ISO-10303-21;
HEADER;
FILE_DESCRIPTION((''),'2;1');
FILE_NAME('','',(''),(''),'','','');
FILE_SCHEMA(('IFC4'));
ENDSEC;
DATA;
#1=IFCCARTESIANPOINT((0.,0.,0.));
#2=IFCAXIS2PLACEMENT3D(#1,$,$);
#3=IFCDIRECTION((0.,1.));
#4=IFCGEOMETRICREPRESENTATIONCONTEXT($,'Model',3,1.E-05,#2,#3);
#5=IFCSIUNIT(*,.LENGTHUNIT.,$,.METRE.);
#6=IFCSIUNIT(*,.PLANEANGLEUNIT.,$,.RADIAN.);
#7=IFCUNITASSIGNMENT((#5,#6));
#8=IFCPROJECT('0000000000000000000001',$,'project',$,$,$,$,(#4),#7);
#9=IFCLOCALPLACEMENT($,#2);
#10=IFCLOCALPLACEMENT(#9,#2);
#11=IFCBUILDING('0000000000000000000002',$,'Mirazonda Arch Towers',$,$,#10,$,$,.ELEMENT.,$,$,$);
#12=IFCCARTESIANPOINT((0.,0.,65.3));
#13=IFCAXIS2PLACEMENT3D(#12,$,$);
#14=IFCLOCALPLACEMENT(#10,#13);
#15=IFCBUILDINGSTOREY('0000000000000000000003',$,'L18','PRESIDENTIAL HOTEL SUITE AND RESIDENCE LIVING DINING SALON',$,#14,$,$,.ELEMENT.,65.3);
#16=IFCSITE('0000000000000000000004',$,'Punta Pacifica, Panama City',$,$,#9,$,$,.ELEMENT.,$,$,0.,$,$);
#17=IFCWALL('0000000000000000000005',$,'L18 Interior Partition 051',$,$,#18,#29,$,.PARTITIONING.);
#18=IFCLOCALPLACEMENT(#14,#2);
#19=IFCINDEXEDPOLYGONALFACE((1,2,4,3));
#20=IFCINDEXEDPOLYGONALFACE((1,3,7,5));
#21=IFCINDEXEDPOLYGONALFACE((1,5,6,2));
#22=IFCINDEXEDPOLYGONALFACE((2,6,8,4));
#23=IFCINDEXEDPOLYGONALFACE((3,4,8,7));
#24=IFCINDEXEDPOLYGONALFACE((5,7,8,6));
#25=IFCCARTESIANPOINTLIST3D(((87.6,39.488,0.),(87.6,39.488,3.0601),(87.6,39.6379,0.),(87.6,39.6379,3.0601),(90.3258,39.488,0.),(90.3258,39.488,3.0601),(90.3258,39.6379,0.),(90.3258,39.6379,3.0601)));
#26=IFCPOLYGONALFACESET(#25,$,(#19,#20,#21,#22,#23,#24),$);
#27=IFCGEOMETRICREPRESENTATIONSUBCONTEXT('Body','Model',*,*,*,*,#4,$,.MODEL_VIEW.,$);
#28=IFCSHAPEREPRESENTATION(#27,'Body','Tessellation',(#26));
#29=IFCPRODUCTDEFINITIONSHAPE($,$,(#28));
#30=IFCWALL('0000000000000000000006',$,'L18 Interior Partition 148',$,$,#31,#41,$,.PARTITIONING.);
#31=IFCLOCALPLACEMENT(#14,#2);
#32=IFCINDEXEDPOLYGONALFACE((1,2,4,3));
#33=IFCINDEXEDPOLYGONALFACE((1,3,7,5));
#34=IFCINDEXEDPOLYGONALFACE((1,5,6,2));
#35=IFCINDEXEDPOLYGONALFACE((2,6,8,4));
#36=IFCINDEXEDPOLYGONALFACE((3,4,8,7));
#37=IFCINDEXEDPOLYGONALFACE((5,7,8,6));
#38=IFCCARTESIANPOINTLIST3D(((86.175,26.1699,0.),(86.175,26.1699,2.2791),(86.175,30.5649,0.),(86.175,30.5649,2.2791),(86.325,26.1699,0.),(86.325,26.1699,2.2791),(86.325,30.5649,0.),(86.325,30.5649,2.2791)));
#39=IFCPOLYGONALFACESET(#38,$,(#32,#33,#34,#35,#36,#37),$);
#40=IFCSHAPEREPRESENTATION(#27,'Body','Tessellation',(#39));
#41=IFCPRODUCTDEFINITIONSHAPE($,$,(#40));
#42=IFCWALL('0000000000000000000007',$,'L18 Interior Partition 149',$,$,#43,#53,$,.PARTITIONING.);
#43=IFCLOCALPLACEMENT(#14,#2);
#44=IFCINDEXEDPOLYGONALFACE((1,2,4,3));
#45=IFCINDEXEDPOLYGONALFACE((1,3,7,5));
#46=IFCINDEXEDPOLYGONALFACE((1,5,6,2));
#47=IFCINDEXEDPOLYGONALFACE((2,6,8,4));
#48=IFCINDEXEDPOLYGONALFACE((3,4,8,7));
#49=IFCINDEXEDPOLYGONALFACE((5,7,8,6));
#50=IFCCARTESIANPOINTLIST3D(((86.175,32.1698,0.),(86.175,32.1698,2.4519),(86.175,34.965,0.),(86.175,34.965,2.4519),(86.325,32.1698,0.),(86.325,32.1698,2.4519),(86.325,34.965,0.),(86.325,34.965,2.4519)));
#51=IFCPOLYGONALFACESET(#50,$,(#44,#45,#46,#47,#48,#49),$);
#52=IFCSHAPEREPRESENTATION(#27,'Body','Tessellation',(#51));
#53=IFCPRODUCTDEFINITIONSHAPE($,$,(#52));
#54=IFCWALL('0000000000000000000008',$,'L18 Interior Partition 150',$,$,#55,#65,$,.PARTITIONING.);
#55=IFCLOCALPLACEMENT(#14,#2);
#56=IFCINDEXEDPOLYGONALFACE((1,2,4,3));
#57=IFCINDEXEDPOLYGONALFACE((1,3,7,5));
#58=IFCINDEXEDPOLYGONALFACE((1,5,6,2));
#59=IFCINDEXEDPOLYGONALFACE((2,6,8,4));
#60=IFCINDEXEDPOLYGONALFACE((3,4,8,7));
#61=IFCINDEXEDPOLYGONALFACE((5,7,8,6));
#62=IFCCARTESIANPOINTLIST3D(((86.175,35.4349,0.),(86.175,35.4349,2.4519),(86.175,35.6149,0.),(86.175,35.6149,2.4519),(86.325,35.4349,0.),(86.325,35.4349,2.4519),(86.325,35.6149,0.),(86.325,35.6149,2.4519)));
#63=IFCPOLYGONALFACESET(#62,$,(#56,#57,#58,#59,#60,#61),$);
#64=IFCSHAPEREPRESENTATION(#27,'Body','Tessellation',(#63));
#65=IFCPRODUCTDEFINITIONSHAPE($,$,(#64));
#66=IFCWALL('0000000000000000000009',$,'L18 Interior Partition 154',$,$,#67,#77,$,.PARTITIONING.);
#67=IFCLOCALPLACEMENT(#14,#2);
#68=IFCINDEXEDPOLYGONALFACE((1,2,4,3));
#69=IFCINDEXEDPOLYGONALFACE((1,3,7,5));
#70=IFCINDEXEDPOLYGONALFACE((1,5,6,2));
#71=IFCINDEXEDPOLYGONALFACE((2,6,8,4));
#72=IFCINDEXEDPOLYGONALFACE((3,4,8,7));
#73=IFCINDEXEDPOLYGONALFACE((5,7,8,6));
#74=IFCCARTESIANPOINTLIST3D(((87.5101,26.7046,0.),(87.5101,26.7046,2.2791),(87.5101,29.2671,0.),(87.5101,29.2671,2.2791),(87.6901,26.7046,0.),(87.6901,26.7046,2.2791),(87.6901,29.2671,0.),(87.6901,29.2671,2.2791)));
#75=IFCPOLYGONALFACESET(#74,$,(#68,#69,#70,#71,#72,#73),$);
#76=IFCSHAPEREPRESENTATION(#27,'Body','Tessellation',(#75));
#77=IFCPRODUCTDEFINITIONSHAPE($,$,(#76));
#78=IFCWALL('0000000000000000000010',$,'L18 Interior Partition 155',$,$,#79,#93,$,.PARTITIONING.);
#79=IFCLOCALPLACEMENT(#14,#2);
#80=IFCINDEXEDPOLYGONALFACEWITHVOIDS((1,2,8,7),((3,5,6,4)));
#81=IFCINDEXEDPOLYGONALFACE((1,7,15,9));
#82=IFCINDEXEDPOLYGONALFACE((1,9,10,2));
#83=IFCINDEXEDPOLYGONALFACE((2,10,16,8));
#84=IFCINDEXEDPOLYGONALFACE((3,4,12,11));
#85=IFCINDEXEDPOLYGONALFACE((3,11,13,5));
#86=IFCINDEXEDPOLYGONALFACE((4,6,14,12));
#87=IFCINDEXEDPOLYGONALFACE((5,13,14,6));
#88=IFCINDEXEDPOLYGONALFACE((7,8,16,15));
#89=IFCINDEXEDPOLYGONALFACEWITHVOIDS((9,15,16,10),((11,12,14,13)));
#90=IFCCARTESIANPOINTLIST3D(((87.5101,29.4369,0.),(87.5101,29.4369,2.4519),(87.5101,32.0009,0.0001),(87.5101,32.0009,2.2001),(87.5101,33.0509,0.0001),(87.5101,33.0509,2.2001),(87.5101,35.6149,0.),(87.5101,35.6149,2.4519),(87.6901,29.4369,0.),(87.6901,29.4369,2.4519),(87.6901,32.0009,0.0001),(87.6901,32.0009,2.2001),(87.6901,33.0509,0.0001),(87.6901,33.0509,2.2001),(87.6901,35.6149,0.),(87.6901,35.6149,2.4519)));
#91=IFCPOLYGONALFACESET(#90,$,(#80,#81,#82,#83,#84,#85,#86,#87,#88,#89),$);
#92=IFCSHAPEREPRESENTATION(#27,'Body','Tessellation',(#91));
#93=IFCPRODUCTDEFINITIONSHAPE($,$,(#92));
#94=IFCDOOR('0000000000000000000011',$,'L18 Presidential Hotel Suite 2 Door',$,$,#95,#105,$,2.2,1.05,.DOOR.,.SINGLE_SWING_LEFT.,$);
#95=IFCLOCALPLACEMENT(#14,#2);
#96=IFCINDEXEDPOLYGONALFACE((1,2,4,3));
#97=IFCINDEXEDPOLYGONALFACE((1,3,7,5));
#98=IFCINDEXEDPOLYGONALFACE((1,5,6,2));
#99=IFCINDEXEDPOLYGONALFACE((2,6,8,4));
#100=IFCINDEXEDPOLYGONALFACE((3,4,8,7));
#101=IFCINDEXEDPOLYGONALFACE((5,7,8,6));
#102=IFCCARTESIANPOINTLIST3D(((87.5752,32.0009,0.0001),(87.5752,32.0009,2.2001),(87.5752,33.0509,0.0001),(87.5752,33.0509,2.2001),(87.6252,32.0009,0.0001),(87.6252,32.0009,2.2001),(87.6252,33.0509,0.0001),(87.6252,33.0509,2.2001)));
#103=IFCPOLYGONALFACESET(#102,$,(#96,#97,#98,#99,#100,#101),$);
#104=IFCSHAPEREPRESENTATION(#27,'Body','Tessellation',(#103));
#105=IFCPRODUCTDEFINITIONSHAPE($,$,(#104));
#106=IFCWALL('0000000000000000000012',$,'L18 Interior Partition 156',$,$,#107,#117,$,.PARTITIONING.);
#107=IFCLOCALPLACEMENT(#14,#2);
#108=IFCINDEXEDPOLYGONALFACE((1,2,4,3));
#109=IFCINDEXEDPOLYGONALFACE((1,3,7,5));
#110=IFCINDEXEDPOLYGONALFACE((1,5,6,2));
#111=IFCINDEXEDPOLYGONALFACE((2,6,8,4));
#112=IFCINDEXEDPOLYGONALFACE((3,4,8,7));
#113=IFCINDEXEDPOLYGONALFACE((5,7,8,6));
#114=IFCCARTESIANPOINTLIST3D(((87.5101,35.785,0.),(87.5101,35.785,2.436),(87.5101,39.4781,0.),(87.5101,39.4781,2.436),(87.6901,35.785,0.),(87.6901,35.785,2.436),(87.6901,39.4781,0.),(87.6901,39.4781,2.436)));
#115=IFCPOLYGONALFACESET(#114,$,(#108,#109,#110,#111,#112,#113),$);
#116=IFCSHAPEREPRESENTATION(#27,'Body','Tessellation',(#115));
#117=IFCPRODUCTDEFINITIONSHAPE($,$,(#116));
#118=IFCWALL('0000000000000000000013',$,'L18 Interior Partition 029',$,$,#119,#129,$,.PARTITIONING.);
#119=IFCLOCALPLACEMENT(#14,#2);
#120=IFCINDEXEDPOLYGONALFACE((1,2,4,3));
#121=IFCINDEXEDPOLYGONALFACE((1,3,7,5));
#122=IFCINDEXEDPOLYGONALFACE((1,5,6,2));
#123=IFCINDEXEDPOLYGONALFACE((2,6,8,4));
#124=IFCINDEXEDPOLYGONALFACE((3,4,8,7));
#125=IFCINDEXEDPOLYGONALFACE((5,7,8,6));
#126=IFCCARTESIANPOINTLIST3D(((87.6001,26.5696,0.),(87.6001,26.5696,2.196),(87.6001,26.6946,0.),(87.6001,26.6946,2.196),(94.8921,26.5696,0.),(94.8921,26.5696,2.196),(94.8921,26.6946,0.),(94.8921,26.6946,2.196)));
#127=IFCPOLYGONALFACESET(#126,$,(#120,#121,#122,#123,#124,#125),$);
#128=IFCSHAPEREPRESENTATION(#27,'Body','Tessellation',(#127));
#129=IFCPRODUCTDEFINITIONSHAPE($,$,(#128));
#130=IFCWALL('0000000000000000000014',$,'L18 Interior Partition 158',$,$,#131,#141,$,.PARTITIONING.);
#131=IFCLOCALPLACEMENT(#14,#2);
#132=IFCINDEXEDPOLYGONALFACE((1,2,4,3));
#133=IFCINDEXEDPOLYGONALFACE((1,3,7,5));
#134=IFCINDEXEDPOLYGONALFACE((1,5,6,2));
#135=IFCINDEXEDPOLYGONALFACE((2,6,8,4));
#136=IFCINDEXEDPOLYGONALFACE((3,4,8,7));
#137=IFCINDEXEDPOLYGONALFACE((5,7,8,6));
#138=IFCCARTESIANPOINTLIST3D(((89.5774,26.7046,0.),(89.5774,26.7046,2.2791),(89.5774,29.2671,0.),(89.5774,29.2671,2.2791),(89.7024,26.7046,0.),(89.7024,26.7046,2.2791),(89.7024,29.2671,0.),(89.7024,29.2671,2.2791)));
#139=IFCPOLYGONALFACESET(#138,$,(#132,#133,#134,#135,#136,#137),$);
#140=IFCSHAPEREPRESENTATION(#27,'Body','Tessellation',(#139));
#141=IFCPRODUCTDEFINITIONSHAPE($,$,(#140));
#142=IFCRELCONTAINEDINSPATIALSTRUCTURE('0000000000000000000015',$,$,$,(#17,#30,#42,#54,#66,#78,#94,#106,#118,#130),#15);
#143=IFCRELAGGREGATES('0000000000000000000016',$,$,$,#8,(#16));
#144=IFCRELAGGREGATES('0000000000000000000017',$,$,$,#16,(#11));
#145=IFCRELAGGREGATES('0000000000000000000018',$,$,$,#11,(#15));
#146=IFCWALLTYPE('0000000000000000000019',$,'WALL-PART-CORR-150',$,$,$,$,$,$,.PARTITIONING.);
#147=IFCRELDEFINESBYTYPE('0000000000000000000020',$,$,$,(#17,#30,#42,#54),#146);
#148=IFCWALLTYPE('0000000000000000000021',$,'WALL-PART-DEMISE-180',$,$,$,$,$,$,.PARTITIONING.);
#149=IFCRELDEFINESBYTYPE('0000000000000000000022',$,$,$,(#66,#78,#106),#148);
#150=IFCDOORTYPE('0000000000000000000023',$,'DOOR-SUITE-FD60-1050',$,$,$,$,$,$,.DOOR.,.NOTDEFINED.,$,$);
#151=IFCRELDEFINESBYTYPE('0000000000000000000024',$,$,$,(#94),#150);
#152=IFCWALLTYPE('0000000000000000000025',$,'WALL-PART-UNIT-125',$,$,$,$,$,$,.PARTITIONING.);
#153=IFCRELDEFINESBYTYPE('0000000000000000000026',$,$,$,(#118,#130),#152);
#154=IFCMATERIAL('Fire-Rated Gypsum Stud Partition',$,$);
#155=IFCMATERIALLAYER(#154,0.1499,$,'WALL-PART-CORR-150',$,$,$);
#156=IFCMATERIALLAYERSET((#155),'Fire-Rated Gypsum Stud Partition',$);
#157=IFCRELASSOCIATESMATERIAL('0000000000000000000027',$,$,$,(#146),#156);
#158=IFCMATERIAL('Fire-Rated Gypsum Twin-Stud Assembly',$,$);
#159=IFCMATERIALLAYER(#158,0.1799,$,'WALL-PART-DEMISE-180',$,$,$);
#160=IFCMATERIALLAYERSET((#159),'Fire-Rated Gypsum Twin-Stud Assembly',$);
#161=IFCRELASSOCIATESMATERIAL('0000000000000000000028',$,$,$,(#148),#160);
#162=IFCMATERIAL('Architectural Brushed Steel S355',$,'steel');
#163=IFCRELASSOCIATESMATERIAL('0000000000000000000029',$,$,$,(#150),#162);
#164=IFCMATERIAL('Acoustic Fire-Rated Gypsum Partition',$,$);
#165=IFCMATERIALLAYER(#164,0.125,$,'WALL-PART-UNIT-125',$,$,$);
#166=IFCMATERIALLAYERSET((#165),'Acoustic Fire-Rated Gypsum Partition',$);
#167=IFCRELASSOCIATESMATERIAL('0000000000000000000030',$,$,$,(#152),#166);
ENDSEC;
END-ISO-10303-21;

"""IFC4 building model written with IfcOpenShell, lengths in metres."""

from ifc_helpers import new_model, si_unit, direction, frame, frame_2d, origin, place, context, subcontext, project, spatial, rectangle, extrude, material, layer, layer_set, type_object, element, fill, save


model = new_model("IFC4")

# Units and contexts
model_context = context("Model", 3, precision=1e-05, world=origin(), true_north=direction((0.0, 1.0)))
body_context = subcontext(model_context, "Body", "Model", "MODEL_VIEW")
ifc_project = project(units=[si_unit("LENGTHUNIT", "METRE"), si_unit("PLANEANGLEUNIT", "RADIAN")], contexts=[model_context])

# Site, building, storey
site_placement = place(None, origin())
site = spatial("IfcSite", under=ifc_project, at=site_placement, Name="Punta Pacifica, Panama City", CompositionType="ELEMENT", RefElevation=0.0)
building_placement = place(site_placement, origin())
building = spatial("IfcBuilding", under=site, at=building_placement, Name="Mirazonda Arch Towers", CompositionType="ELEMENT")
storey_placement = place(building_placement, frame((0.0, 0.0, 65.3)))
storey = spatial("IfcBuildingStorey", under=building, at=storey_placement, Name="L18", Description="PRESIDENTIAL HOTEL SUITE AND RESIDENCE LIVING DINING SALON", CompositionType="ELEMENT", Elevation=65.3)

# Shared definitions
ifc_material_1 = material(Name="Fire-Rated Gypsum Stud Partition")
ifc_layer_1 = layer(ifc_material_1, 0.1499, Name="WALL-PART-CORR-150")
ifc_layer_set_1 = layer_set([ifc_layer_1], Name="Fire-Rated Gypsum Stud Partition")
wall_type_1 = type_object("IfcWallType", Name="WALL-PART-CORR-150", PredefinedType="PARTITIONING", material=ifc_layer_set_1)
ifc_material_2 = material(Name="Architectural Brushed Steel S355", Category="steel")

# Walls
wall_1_placement = place(storey_placement, frame((87.6001, 39.563, 0.0), z_axis=(0.0, 0.0, 1.0), x_axis=(1.0, 0.0, 0.0)))
element("IfcWall", 1, at=wall_1_placement, inside=storey, type_object=wall_type_1, Name="L18 Interior Partition 051", PredefinedType="PARTITIONING", context=body_context, shape_type="SweptSolid", body=[
    extrude(rectangle(XDim=2.7258, YDim=0.1499, at=frame_2d((1.3628, 0.0))), origin(), (0.0, 0.0, 1.0), 3.0601),
])
wall_2_placement = place(storey_placement, frame((86.25, 26.1699, 0.0), z_axis=(0.0, 0.0, 1.0), x_axis=(0.0, 1.0, 0.0)))
element("IfcWall", 2, at=wall_2_placement, inside=storey, type_object=wall_type_1, Name="L18 Interior Partition 148", PredefinedType="PARTITIONING", context=body_context, shape_type="SweptSolid", body=[
    extrude(rectangle(XDim=4.395, YDim=0.1499, at=frame_2d((2.1975, 0.0))), origin(), (0.0, 0.0, 1.0), 2.2791),
])
wall_3_placement = place(storey_placement, frame((86.25, 32.1699, 0.0), z_axis=(0.0, 0.0, 1.0), x_axis=(0.0, 1.0, 0.0)))
element("IfcWall", 3, at=wall_3_placement, inside=storey, type_object=wall_type_1, Name="L18 Interior Partition 149", PredefinedType="PARTITIONING", context=body_context, shape_type="SweptSolid", body=[
    extrude(rectangle(XDim=2.7952, YDim=0.1499, at=frame_2d((1.3975, 0.0))), origin(), (0.0, 0.0, 1.0), 2.4519),
])
wall_4_placement = place(storey_placement, frame((86.25, 35.4351, 0.0), z_axis=(0.0, 0.0, 1.0), x_axis=(0.0, 1.0, 0.0)))
element("IfcWall", 4, at=wall_4_placement, inside=storey, type_object=wall_type_1, Name="L18 Interior Partition 150", PredefinedType="PARTITIONING", context=body_context, shape_type="SweptSolid", body=[
    extrude(rectangle(XDim=0.1799, YDim=0.1499, at=frame_2d((0.0898, 0.0))), origin(), (0.0, 0.0, 1.0), 2.4519),
])
ifc_material_3 = material(Name="Fire-Rated Gypsum Twin-Stud Assembly")
ifc_layer_2 = layer(ifc_material_3, 0.1799, Name="WALL-PART-DEMISE-180")
ifc_layer_set_2 = layer_set([ifc_layer_2], Name="Fire-Rated Gypsum Twin-Stud Assembly")
wall_type_2 = type_object("IfcWallType", Name="WALL-PART-DEMISE-180", PredefinedType="PARTITIONING", material=ifc_layer_set_2)
wall_5_placement = place(storey_placement, frame((87.6001, 26.7046, 0.0), z_axis=(0.0, 0.0, 1.0), x_axis=(0.0, 1.0, 0.0)))
element("IfcWall", 5, at=wall_5_placement, inside=storey, type_object=wall_type_2, Name="L18 Interior Partition 154", PredefinedType="PARTITIONING", context=body_context, shape_type="SweptSolid", body=[
    extrude(rectangle(XDim=2.5625, YDim=0.1799, at=frame_2d((1.2812, 0.0))), origin(), (0.0, 0.0, 1.0), 2.2791),
])

# Wall, opening, door
wall_6_placement = place(storey_placement, frame((87.6001, 29.437, 0.0), z_axis=(0.0, 0.0, 1.0), x_axis=(0.0, 1.0, 0.0)))
wall_6 = element("IfcWall", 6, at=wall_6_placement, inside=storey, type_object=wall_type_2, Name="L18 Interior Partition 155", PredefinedType="PARTITIONING", context=body_context, shape_type="SweptSolid", body=[
    extrude(rectangle(XDim=6.178, YDim=0.1799, at=frame_2d((3.0889, 0.0))), origin(), (0.0, 0.0, 1.0), 2.4519),
])
opening_1_placement = place(wall_6_placement, frame((2.564, 0.0, 0.0)))
opening_1 = element("IfcOpeningElement", 7, at=opening_1_placement, cuts=wall_6, PredefinedType="OPENING", context=body_context, shape_type="SweptSolid", body=[
    extrude(rectangle(XDim=1.05, YDim=2.2, at=frame_2d((0.5249, 1.1001))), frame((0.0, 0.0999, 0.0), z_axis=(0.0, -1.0, 0.0), x_axis=(1.0, 0.0, 0.0)), (0.0, 0.0, 1.0), 0.2),
])
door_type_1 = type_object("IfcDoorType", Name="DOOR-SUITE-FD60-1050", OperationType="NOTDEFINED", PredefinedType="DOOR", material=ifc_material_2)
door_1_placement = place(opening_1_placement, origin())
door_1 = element("IfcDoor", 8, at=door_1_placement, inside=storey, type_object=door_type_1, Name="L18 Presidential Hotel Suite 2 Door", OperationType="SINGLE_SWING_LEFT", OverallHeight=2.2, OverallWidth=1.05, PredefinedType="DOOR", context=body_context, shape_type="SweptSolid", body=[
    extrude(rectangle(XDim=1.05, YDim=2.2, at=frame_2d((0.5249, 1.1001))), frame((0.0, 0.0249, 0.0), z_axis=(0.0, -1.0, 0.0), x_axis=(1.0, 0.0, 0.0)), (0.0, 0.0, 1.0), 0.05),
])
fill(opening_1, door_1)

# Walls
wall_7_placement = place(storey_placement, frame((87.6001, 35.7849, 0.0), z_axis=(0.0, 0.0, 1.0), x_axis=(0.0, 1.0, 0.0)))
element("IfcWall", 9, at=wall_7_placement, inside=storey, type_object=wall_type_2, Name="L18 Interior Partition 156", PredefinedType="PARTITIONING", context=body_context, shape_type="SweptSolid", body=[
    extrude(rectangle(XDim=3.6931, YDim=0.1799, at=frame_2d((1.8467, 0.0))), origin(), (0.0, 0.0, 1.0), 2.436),
])
ifc_material_4 = material(Name="Acoustic Fire-Rated Gypsum Partition")
ifc_layer_3 = layer(ifc_material_4, 0.125, Name="WALL-PART-UNIT-125")
ifc_layer_set_3 = layer_set([ifc_layer_3], Name="Acoustic Fire-Rated Gypsum Partition")
wall_type_3 = type_object("IfcWallType", Name="WALL-PART-UNIT-125", PredefinedType="PARTITIONING", material=ifc_layer_set_3)
wall_8_placement = place(storey_placement, frame((87.6001, 26.6321, 0.0), z_axis=(0.0, 0.0, 1.0), x_axis=(1.0, 0.0, 0.0)))
element("IfcWall", 10, at=wall_8_placement, inside=storey, type_object=wall_type_3, Name="L18 Interior Partition 029", PredefinedType="PARTITIONING", context=body_context, shape_type="SweptSolid", body=[
    extrude(rectangle(XDim=7.292, YDim=0.125, at=frame_2d((3.646, 0.0))), origin(), (0.0, 0.0, 1.0), 2.196),
])
wall_9_placement = place(storey_placement, frame((89.6399, 26.7046, 0.0), z_axis=(0.0, 0.0, 1.0), x_axis=(0.0, 1.0, 0.0)))
element("IfcWall", 11, at=wall_9_placement, inside=storey, type_object=wall_type_3, Name="L18 Interior Partition 158", PredefinedType="PARTITIONING", context=body_context, shape_type="SweptSolid", body=[
    extrude(rectangle(XDim=2.5625, YDim=0.125, at=frame_2d((1.2812, 0.0))), origin(), (0.0, 0.0, 1.0), 2.2791),
])

save(model, "model.ifc")
